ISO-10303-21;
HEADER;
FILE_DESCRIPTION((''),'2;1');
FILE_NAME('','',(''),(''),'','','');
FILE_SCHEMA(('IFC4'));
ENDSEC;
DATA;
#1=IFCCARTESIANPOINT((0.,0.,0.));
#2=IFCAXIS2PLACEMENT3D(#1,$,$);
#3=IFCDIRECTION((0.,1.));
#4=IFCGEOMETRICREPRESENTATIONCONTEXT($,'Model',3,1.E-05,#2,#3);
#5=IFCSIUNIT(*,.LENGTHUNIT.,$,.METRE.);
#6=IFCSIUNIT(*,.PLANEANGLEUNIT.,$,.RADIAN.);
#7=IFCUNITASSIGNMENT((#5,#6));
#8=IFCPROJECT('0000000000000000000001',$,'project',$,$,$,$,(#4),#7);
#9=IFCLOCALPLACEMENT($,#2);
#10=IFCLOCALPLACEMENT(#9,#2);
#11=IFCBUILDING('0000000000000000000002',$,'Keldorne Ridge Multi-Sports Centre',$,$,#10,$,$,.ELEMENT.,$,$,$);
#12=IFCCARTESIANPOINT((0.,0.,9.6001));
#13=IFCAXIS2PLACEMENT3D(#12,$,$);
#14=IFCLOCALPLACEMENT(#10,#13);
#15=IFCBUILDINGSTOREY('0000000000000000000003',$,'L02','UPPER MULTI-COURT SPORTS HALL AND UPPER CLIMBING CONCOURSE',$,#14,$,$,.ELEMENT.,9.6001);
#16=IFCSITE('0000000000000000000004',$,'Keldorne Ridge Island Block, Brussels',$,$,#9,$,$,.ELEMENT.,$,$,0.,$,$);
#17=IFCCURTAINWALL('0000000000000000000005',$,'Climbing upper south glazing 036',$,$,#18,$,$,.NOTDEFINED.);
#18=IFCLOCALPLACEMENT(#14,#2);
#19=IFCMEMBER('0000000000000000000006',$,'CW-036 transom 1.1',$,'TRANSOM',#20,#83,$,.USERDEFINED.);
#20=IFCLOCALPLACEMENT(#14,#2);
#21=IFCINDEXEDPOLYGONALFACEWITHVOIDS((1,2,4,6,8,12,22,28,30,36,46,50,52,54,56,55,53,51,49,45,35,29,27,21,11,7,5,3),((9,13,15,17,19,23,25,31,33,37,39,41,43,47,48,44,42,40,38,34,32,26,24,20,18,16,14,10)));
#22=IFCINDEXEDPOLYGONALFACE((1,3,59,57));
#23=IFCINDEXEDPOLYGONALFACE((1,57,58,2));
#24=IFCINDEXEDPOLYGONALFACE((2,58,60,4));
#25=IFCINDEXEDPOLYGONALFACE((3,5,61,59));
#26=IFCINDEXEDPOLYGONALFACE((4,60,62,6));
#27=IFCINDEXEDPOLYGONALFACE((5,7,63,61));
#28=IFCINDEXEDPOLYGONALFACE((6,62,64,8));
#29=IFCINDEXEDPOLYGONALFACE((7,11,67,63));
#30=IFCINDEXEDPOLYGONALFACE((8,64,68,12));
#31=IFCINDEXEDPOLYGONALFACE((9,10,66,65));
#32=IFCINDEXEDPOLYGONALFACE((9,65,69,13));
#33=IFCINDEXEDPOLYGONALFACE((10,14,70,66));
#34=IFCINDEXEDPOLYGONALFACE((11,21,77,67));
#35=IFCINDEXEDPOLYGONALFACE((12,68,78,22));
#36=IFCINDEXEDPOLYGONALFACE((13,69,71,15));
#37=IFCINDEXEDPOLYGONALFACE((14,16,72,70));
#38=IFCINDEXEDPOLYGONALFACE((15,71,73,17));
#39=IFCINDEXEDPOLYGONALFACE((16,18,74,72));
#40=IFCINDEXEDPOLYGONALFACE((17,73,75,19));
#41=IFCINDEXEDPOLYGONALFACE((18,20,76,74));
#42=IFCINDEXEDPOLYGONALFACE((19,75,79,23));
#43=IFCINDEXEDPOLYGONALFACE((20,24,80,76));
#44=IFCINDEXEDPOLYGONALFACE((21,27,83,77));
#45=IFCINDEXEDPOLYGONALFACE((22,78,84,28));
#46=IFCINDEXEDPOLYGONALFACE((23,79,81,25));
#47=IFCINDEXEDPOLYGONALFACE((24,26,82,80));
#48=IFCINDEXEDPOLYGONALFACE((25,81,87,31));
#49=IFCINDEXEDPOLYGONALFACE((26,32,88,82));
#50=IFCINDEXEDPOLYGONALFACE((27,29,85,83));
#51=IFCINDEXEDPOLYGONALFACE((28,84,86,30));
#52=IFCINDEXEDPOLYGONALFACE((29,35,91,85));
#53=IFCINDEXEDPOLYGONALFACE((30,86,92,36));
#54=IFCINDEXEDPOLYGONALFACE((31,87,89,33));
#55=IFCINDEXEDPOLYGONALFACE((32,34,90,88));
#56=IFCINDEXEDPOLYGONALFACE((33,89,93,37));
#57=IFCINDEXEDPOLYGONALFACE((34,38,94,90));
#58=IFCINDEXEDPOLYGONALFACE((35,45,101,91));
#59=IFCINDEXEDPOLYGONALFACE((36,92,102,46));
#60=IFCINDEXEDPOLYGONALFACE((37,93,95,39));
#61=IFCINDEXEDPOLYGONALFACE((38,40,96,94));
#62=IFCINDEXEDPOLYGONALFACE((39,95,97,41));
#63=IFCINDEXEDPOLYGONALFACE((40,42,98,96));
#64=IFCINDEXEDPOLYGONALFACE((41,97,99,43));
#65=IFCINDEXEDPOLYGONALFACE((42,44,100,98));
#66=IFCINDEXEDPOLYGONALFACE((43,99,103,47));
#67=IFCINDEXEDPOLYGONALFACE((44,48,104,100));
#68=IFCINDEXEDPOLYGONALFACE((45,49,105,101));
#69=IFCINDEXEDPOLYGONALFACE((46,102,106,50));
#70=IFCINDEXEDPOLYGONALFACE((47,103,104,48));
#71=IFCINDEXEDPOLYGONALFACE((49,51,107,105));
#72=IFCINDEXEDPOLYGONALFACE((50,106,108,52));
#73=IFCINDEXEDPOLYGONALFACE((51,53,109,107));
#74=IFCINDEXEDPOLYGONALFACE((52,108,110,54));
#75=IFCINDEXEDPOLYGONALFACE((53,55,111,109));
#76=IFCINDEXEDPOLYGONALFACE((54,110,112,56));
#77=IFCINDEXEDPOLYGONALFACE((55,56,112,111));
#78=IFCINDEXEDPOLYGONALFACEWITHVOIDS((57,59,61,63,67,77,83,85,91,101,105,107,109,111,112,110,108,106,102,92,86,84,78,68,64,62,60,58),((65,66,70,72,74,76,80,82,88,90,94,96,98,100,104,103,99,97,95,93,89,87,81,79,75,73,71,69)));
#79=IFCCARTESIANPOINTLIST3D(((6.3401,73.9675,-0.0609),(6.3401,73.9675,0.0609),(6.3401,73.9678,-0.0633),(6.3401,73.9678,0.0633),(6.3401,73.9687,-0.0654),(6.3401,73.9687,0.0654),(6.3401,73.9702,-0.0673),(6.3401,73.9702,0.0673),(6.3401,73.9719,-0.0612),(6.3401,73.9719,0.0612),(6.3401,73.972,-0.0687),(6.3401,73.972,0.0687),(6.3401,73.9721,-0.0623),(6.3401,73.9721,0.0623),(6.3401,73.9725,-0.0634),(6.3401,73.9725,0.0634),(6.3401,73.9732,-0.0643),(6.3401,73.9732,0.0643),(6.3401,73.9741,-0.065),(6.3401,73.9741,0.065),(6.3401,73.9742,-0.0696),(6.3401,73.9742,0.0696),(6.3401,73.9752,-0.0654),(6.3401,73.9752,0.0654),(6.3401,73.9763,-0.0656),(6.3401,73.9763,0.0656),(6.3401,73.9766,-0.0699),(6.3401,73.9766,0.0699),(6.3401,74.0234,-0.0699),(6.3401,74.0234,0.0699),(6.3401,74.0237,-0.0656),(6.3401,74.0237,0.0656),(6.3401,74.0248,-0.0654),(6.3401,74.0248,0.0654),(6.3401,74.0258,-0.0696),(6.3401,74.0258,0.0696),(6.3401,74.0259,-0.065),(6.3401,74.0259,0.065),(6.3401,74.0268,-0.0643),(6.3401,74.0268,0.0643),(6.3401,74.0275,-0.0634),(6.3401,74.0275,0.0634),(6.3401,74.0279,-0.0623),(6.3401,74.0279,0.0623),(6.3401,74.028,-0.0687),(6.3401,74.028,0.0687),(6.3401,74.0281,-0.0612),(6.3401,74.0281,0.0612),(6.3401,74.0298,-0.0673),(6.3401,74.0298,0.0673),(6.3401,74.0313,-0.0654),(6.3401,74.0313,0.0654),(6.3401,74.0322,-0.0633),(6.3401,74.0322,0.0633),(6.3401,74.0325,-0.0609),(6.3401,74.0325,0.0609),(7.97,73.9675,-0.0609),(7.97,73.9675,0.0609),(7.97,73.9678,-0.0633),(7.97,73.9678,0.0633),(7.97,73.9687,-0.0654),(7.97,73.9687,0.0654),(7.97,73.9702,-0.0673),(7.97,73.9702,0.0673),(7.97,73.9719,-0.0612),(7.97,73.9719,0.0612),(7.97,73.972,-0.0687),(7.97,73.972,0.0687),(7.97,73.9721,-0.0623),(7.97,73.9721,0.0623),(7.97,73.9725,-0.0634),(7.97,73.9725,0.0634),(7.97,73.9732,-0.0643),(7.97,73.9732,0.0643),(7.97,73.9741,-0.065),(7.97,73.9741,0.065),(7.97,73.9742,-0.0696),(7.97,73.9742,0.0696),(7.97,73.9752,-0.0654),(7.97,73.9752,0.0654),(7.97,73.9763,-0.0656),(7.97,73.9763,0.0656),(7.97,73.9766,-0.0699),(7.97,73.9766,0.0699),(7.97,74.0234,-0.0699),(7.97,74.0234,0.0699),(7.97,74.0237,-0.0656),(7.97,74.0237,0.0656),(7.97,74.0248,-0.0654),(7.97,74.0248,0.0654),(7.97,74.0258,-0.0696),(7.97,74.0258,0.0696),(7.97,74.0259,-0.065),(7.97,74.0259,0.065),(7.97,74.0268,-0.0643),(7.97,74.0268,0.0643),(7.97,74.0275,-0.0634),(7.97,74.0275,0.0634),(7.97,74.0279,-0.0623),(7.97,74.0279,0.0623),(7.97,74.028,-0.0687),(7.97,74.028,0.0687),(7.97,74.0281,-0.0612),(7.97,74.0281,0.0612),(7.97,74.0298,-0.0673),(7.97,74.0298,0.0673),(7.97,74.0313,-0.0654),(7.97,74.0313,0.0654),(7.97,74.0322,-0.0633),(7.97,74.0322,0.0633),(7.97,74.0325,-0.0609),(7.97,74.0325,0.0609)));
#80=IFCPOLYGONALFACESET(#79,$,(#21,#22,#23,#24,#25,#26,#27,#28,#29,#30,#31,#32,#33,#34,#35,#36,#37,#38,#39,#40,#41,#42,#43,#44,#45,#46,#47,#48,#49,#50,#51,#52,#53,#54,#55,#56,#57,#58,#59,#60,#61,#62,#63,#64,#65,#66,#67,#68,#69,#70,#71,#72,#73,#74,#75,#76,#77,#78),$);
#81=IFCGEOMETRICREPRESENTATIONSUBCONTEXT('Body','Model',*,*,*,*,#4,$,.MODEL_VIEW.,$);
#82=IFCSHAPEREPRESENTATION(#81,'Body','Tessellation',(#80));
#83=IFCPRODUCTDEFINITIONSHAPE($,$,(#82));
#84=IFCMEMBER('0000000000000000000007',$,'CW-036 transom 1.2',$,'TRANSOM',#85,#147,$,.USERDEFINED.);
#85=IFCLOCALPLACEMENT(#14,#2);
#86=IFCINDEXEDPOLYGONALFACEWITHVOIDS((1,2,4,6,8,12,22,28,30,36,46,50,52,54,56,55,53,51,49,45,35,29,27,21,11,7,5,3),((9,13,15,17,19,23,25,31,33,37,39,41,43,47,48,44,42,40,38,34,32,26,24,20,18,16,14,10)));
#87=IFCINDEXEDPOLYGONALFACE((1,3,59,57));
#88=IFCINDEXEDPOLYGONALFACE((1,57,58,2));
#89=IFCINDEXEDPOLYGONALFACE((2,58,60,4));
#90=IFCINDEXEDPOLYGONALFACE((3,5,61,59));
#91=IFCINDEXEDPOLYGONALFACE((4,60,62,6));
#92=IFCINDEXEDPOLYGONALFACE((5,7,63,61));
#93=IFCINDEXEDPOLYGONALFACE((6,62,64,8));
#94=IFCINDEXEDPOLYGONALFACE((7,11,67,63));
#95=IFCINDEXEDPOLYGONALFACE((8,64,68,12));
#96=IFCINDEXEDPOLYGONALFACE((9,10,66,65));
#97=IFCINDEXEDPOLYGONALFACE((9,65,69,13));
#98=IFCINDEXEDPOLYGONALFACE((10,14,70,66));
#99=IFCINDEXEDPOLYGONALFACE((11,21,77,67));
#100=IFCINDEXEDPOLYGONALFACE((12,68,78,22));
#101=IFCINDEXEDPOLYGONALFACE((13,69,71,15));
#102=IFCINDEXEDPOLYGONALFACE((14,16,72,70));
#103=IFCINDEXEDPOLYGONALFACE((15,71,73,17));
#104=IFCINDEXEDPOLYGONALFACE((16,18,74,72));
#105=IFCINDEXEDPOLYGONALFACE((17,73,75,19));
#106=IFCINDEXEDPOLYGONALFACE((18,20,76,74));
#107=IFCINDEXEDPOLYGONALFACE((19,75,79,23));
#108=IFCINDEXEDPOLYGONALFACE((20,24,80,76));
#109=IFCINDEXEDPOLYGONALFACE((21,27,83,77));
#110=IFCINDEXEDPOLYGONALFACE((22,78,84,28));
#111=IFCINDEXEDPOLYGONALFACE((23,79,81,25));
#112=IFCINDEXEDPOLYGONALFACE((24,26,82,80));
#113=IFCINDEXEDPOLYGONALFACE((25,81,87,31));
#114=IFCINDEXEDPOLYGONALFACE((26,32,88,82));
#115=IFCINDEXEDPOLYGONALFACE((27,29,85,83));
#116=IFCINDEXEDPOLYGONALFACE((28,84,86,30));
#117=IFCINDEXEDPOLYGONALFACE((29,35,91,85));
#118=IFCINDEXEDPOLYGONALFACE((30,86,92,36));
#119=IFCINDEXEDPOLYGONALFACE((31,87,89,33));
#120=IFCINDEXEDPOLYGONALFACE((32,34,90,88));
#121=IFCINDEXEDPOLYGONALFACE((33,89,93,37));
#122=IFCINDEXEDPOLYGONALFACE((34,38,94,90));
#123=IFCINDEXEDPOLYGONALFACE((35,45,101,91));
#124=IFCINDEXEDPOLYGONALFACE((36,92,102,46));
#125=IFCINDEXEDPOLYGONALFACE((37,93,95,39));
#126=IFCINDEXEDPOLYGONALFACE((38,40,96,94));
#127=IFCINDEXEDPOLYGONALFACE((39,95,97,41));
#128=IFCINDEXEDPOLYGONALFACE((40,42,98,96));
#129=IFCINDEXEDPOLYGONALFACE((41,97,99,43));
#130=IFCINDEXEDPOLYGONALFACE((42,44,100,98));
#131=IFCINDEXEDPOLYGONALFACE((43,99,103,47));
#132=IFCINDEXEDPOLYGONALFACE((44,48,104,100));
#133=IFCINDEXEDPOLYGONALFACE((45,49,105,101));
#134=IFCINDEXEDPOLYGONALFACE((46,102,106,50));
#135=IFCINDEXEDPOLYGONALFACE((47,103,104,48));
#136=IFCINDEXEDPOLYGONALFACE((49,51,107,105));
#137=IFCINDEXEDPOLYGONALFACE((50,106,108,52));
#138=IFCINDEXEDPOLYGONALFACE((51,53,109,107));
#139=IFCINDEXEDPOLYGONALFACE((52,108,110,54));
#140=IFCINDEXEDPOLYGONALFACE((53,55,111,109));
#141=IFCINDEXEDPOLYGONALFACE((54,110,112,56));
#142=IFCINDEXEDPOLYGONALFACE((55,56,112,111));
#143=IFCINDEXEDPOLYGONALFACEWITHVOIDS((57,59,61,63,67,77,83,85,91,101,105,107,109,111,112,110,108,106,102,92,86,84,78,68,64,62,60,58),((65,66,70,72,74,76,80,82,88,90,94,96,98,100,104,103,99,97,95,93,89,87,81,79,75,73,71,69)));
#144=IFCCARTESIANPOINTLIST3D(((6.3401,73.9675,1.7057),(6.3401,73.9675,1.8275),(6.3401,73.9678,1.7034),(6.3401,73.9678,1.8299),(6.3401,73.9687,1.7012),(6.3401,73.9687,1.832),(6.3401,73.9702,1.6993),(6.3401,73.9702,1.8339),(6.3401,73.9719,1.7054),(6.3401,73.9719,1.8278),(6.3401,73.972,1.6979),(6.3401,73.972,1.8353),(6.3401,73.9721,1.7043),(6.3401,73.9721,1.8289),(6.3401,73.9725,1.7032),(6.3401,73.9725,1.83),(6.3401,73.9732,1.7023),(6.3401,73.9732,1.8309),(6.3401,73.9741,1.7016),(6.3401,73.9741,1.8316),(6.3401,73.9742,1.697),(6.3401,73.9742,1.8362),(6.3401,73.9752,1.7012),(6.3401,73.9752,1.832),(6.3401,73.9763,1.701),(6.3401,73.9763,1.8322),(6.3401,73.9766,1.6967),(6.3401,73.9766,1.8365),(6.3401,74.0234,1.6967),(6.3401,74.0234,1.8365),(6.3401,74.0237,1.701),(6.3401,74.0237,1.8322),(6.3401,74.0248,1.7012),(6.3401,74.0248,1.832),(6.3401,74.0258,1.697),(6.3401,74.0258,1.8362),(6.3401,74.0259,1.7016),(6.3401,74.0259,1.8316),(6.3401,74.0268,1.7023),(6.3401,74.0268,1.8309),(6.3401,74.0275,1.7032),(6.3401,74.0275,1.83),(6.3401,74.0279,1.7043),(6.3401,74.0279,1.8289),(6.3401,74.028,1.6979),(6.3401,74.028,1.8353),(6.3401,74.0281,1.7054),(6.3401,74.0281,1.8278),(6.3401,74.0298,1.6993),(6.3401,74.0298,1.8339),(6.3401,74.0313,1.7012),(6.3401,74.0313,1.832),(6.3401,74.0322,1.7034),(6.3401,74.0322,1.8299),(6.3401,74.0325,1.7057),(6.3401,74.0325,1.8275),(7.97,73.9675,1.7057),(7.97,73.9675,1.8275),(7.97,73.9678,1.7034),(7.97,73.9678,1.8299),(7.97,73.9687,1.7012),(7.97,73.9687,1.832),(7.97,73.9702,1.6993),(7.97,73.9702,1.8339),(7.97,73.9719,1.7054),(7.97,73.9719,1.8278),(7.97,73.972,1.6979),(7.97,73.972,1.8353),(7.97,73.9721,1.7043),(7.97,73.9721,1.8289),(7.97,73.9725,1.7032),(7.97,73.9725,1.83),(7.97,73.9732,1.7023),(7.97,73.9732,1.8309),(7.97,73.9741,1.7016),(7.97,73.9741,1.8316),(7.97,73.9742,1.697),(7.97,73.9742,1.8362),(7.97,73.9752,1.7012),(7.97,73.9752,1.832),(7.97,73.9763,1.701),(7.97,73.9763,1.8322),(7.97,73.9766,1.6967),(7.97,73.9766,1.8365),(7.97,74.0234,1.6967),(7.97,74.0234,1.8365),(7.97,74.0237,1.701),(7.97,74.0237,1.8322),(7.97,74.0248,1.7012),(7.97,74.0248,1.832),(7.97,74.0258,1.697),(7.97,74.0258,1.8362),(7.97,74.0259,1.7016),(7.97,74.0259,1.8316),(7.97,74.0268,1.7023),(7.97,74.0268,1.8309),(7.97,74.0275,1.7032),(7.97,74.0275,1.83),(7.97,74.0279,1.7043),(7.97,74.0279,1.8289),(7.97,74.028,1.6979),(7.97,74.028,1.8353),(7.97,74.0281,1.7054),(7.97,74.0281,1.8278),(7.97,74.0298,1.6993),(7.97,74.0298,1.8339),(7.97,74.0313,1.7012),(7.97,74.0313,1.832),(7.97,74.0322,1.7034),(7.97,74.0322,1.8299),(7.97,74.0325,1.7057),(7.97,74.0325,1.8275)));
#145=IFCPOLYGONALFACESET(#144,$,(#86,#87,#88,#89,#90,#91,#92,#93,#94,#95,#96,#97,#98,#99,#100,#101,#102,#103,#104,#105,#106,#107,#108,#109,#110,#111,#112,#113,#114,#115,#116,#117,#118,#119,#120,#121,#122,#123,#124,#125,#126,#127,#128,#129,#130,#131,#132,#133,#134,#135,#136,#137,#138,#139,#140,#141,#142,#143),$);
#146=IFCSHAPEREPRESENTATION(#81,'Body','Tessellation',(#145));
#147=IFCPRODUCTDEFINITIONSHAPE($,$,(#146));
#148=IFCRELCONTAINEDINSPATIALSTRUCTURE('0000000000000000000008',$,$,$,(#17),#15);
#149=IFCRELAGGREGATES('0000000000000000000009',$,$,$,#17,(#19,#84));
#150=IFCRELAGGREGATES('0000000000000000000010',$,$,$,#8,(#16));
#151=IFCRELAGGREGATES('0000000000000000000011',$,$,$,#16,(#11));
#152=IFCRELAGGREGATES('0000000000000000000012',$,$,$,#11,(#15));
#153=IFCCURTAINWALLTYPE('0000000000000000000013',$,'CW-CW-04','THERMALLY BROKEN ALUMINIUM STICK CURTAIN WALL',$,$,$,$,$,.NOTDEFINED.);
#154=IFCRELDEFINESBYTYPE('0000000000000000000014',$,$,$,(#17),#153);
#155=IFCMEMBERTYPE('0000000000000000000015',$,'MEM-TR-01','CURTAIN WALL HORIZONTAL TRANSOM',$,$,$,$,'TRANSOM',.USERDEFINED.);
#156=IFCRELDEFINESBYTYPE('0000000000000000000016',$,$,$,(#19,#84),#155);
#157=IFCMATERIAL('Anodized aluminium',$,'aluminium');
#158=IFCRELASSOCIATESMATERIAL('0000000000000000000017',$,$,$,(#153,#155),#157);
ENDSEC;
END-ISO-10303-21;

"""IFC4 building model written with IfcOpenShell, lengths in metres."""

from ifc_helpers import new_model, si_unit, direction, frame, origin, origin_2d, place, context, subcontext, project, spatial, hollow_rectangle, extrude, material, material_profile, profile_set, type_object, element, aggregate, save


model = new_model("IFC4")

# Units and contexts
model_context = context("Model", 3, precision=1e-05, world=origin(), true_north=direction((0.0, 1.0)))
body_context = subcontext(model_context, "Body", "Model", "MODEL_VIEW")
ifc_project = project(units=[si_unit("LENGTHUNIT", "METRE"), si_unit("PLANEANGLEUNIT", "RADIAN")], contexts=[model_context])

# Site, building, storey
site_placement = place(None, origin())
site = spatial("IfcSite", under=ifc_project, at=site_placement, Name="Keldorne Ridge Island Block, Brussels", CompositionType="ELEMENT", RefElevation=0.0)
building_placement = place(site_placement, origin())
building = spatial("IfcBuilding", under=site, at=building_placement, Name="Keldorne Ridge Multi-Sports Centre", CompositionType="ELEMENT")
storey_placement = place(building_placement, frame((0.0, 0.0, 9.6001)))
storey = spatial("IfcBuildingStorey", under=building, at=storey_placement, Name="L02", Description="UPPER MULTI-COURT SPORTS HALL AND UPPER CLIMBING CONCOURSE", CompositionType="ELEMENT", Elevation=9.6001)

# Curtain wall
ifc_material_1 = material(Name="Anodized aluminium", Category="aluminium")
curtain_wall_type = type_object("IfcCurtainWallType", Name="CW-CW-04", Description="THERMALLY BROKEN ALUMINIUM STICK CURTAIN WALL", PredefinedType="NOTDEFINED", material=ifc_material_1)
curtain_wall_placement = place(storey_placement, origin())
curtain_wall = element("IfcCurtainWall", 1, at=curtain_wall_placement, inside=storey, type_object=curtain_wall_type, Name="Climbing upper south glazing 036", PredefinedType="NOTDEFINED")

# Members
ifc_material_profile_1 = material_profile(ifc_material_1, hollow_rectangle(XDim=0.0649, YDim=0.1399, WallThickness=0.0044, InnerFilletRadius=0.0044, OuterFilletRadius=0.009, at=origin_2d()), Name="ALU TRANSOM 140x65x4.5")
ifc_profile_set_1 = profile_set([ifc_material_profile_1], Name="Anodized aluminium")
member_type_1 = type_object("IfcMemberType", Name="MEM-TR-01", Description="CURTAIN WALL HORIZONTAL TRANSOM", ElementType="TRANSOM", PredefinedType="USERDEFINED", material=ifc_profile_set_1)
member_1_placement = place(storey_placement, frame((6.3401, 74.0, 0.0), z_axis=(1.0, 0.0, 0.0), x_axis=(0.0, 1.0, 0.0)))
member_1 = element("IfcMember", 2, at=member_1_placement, type_object=member_type_1, Name="CW-036 transom 1.1", ObjectType="TRANSOM", PredefinedType="USERDEFINED", context=body_context, shape_type="SweptSolid", body=[
    extrude(hollow_rectangle(XDim=0.0649, YDim=0.1399, WallThickness=0.0044, InnerFilletRadius=0.0044, OuterFilletRadius=0.009, at=origin_2d()), origin(), (0.0, 0.0, 1.0), 1.6299),
])
member_2_placement = place(storey_placement, frame((6.3401, 74.0, 1.7666), z_axis=(1.0, 0.0, 0.0), x_axis=(0.0, 1.0, 0.0)))
member_2 = element("IfcMember", 3, at=member_2_placement, type_object=member_type_1, Name="CW-036 transom 1.2", ObjectType="TRANSOM", PredefinedType="USERDEFINED", context=body_context, shape_type="SweptSolid", body=[
    extrude(hollow_rectangle(XDim=0.0649, YDim=0.1399, WallThickness=0.0044, InnerFilletRadius=0.0044, OuterFilletRadius=0.009, at=origin_2d()), origin(), (0.0, 0.0, 1.0), 1.6299),
])

aggregate(curtain_wall, [member_1, member_2])

save(model, "model.ifc")
